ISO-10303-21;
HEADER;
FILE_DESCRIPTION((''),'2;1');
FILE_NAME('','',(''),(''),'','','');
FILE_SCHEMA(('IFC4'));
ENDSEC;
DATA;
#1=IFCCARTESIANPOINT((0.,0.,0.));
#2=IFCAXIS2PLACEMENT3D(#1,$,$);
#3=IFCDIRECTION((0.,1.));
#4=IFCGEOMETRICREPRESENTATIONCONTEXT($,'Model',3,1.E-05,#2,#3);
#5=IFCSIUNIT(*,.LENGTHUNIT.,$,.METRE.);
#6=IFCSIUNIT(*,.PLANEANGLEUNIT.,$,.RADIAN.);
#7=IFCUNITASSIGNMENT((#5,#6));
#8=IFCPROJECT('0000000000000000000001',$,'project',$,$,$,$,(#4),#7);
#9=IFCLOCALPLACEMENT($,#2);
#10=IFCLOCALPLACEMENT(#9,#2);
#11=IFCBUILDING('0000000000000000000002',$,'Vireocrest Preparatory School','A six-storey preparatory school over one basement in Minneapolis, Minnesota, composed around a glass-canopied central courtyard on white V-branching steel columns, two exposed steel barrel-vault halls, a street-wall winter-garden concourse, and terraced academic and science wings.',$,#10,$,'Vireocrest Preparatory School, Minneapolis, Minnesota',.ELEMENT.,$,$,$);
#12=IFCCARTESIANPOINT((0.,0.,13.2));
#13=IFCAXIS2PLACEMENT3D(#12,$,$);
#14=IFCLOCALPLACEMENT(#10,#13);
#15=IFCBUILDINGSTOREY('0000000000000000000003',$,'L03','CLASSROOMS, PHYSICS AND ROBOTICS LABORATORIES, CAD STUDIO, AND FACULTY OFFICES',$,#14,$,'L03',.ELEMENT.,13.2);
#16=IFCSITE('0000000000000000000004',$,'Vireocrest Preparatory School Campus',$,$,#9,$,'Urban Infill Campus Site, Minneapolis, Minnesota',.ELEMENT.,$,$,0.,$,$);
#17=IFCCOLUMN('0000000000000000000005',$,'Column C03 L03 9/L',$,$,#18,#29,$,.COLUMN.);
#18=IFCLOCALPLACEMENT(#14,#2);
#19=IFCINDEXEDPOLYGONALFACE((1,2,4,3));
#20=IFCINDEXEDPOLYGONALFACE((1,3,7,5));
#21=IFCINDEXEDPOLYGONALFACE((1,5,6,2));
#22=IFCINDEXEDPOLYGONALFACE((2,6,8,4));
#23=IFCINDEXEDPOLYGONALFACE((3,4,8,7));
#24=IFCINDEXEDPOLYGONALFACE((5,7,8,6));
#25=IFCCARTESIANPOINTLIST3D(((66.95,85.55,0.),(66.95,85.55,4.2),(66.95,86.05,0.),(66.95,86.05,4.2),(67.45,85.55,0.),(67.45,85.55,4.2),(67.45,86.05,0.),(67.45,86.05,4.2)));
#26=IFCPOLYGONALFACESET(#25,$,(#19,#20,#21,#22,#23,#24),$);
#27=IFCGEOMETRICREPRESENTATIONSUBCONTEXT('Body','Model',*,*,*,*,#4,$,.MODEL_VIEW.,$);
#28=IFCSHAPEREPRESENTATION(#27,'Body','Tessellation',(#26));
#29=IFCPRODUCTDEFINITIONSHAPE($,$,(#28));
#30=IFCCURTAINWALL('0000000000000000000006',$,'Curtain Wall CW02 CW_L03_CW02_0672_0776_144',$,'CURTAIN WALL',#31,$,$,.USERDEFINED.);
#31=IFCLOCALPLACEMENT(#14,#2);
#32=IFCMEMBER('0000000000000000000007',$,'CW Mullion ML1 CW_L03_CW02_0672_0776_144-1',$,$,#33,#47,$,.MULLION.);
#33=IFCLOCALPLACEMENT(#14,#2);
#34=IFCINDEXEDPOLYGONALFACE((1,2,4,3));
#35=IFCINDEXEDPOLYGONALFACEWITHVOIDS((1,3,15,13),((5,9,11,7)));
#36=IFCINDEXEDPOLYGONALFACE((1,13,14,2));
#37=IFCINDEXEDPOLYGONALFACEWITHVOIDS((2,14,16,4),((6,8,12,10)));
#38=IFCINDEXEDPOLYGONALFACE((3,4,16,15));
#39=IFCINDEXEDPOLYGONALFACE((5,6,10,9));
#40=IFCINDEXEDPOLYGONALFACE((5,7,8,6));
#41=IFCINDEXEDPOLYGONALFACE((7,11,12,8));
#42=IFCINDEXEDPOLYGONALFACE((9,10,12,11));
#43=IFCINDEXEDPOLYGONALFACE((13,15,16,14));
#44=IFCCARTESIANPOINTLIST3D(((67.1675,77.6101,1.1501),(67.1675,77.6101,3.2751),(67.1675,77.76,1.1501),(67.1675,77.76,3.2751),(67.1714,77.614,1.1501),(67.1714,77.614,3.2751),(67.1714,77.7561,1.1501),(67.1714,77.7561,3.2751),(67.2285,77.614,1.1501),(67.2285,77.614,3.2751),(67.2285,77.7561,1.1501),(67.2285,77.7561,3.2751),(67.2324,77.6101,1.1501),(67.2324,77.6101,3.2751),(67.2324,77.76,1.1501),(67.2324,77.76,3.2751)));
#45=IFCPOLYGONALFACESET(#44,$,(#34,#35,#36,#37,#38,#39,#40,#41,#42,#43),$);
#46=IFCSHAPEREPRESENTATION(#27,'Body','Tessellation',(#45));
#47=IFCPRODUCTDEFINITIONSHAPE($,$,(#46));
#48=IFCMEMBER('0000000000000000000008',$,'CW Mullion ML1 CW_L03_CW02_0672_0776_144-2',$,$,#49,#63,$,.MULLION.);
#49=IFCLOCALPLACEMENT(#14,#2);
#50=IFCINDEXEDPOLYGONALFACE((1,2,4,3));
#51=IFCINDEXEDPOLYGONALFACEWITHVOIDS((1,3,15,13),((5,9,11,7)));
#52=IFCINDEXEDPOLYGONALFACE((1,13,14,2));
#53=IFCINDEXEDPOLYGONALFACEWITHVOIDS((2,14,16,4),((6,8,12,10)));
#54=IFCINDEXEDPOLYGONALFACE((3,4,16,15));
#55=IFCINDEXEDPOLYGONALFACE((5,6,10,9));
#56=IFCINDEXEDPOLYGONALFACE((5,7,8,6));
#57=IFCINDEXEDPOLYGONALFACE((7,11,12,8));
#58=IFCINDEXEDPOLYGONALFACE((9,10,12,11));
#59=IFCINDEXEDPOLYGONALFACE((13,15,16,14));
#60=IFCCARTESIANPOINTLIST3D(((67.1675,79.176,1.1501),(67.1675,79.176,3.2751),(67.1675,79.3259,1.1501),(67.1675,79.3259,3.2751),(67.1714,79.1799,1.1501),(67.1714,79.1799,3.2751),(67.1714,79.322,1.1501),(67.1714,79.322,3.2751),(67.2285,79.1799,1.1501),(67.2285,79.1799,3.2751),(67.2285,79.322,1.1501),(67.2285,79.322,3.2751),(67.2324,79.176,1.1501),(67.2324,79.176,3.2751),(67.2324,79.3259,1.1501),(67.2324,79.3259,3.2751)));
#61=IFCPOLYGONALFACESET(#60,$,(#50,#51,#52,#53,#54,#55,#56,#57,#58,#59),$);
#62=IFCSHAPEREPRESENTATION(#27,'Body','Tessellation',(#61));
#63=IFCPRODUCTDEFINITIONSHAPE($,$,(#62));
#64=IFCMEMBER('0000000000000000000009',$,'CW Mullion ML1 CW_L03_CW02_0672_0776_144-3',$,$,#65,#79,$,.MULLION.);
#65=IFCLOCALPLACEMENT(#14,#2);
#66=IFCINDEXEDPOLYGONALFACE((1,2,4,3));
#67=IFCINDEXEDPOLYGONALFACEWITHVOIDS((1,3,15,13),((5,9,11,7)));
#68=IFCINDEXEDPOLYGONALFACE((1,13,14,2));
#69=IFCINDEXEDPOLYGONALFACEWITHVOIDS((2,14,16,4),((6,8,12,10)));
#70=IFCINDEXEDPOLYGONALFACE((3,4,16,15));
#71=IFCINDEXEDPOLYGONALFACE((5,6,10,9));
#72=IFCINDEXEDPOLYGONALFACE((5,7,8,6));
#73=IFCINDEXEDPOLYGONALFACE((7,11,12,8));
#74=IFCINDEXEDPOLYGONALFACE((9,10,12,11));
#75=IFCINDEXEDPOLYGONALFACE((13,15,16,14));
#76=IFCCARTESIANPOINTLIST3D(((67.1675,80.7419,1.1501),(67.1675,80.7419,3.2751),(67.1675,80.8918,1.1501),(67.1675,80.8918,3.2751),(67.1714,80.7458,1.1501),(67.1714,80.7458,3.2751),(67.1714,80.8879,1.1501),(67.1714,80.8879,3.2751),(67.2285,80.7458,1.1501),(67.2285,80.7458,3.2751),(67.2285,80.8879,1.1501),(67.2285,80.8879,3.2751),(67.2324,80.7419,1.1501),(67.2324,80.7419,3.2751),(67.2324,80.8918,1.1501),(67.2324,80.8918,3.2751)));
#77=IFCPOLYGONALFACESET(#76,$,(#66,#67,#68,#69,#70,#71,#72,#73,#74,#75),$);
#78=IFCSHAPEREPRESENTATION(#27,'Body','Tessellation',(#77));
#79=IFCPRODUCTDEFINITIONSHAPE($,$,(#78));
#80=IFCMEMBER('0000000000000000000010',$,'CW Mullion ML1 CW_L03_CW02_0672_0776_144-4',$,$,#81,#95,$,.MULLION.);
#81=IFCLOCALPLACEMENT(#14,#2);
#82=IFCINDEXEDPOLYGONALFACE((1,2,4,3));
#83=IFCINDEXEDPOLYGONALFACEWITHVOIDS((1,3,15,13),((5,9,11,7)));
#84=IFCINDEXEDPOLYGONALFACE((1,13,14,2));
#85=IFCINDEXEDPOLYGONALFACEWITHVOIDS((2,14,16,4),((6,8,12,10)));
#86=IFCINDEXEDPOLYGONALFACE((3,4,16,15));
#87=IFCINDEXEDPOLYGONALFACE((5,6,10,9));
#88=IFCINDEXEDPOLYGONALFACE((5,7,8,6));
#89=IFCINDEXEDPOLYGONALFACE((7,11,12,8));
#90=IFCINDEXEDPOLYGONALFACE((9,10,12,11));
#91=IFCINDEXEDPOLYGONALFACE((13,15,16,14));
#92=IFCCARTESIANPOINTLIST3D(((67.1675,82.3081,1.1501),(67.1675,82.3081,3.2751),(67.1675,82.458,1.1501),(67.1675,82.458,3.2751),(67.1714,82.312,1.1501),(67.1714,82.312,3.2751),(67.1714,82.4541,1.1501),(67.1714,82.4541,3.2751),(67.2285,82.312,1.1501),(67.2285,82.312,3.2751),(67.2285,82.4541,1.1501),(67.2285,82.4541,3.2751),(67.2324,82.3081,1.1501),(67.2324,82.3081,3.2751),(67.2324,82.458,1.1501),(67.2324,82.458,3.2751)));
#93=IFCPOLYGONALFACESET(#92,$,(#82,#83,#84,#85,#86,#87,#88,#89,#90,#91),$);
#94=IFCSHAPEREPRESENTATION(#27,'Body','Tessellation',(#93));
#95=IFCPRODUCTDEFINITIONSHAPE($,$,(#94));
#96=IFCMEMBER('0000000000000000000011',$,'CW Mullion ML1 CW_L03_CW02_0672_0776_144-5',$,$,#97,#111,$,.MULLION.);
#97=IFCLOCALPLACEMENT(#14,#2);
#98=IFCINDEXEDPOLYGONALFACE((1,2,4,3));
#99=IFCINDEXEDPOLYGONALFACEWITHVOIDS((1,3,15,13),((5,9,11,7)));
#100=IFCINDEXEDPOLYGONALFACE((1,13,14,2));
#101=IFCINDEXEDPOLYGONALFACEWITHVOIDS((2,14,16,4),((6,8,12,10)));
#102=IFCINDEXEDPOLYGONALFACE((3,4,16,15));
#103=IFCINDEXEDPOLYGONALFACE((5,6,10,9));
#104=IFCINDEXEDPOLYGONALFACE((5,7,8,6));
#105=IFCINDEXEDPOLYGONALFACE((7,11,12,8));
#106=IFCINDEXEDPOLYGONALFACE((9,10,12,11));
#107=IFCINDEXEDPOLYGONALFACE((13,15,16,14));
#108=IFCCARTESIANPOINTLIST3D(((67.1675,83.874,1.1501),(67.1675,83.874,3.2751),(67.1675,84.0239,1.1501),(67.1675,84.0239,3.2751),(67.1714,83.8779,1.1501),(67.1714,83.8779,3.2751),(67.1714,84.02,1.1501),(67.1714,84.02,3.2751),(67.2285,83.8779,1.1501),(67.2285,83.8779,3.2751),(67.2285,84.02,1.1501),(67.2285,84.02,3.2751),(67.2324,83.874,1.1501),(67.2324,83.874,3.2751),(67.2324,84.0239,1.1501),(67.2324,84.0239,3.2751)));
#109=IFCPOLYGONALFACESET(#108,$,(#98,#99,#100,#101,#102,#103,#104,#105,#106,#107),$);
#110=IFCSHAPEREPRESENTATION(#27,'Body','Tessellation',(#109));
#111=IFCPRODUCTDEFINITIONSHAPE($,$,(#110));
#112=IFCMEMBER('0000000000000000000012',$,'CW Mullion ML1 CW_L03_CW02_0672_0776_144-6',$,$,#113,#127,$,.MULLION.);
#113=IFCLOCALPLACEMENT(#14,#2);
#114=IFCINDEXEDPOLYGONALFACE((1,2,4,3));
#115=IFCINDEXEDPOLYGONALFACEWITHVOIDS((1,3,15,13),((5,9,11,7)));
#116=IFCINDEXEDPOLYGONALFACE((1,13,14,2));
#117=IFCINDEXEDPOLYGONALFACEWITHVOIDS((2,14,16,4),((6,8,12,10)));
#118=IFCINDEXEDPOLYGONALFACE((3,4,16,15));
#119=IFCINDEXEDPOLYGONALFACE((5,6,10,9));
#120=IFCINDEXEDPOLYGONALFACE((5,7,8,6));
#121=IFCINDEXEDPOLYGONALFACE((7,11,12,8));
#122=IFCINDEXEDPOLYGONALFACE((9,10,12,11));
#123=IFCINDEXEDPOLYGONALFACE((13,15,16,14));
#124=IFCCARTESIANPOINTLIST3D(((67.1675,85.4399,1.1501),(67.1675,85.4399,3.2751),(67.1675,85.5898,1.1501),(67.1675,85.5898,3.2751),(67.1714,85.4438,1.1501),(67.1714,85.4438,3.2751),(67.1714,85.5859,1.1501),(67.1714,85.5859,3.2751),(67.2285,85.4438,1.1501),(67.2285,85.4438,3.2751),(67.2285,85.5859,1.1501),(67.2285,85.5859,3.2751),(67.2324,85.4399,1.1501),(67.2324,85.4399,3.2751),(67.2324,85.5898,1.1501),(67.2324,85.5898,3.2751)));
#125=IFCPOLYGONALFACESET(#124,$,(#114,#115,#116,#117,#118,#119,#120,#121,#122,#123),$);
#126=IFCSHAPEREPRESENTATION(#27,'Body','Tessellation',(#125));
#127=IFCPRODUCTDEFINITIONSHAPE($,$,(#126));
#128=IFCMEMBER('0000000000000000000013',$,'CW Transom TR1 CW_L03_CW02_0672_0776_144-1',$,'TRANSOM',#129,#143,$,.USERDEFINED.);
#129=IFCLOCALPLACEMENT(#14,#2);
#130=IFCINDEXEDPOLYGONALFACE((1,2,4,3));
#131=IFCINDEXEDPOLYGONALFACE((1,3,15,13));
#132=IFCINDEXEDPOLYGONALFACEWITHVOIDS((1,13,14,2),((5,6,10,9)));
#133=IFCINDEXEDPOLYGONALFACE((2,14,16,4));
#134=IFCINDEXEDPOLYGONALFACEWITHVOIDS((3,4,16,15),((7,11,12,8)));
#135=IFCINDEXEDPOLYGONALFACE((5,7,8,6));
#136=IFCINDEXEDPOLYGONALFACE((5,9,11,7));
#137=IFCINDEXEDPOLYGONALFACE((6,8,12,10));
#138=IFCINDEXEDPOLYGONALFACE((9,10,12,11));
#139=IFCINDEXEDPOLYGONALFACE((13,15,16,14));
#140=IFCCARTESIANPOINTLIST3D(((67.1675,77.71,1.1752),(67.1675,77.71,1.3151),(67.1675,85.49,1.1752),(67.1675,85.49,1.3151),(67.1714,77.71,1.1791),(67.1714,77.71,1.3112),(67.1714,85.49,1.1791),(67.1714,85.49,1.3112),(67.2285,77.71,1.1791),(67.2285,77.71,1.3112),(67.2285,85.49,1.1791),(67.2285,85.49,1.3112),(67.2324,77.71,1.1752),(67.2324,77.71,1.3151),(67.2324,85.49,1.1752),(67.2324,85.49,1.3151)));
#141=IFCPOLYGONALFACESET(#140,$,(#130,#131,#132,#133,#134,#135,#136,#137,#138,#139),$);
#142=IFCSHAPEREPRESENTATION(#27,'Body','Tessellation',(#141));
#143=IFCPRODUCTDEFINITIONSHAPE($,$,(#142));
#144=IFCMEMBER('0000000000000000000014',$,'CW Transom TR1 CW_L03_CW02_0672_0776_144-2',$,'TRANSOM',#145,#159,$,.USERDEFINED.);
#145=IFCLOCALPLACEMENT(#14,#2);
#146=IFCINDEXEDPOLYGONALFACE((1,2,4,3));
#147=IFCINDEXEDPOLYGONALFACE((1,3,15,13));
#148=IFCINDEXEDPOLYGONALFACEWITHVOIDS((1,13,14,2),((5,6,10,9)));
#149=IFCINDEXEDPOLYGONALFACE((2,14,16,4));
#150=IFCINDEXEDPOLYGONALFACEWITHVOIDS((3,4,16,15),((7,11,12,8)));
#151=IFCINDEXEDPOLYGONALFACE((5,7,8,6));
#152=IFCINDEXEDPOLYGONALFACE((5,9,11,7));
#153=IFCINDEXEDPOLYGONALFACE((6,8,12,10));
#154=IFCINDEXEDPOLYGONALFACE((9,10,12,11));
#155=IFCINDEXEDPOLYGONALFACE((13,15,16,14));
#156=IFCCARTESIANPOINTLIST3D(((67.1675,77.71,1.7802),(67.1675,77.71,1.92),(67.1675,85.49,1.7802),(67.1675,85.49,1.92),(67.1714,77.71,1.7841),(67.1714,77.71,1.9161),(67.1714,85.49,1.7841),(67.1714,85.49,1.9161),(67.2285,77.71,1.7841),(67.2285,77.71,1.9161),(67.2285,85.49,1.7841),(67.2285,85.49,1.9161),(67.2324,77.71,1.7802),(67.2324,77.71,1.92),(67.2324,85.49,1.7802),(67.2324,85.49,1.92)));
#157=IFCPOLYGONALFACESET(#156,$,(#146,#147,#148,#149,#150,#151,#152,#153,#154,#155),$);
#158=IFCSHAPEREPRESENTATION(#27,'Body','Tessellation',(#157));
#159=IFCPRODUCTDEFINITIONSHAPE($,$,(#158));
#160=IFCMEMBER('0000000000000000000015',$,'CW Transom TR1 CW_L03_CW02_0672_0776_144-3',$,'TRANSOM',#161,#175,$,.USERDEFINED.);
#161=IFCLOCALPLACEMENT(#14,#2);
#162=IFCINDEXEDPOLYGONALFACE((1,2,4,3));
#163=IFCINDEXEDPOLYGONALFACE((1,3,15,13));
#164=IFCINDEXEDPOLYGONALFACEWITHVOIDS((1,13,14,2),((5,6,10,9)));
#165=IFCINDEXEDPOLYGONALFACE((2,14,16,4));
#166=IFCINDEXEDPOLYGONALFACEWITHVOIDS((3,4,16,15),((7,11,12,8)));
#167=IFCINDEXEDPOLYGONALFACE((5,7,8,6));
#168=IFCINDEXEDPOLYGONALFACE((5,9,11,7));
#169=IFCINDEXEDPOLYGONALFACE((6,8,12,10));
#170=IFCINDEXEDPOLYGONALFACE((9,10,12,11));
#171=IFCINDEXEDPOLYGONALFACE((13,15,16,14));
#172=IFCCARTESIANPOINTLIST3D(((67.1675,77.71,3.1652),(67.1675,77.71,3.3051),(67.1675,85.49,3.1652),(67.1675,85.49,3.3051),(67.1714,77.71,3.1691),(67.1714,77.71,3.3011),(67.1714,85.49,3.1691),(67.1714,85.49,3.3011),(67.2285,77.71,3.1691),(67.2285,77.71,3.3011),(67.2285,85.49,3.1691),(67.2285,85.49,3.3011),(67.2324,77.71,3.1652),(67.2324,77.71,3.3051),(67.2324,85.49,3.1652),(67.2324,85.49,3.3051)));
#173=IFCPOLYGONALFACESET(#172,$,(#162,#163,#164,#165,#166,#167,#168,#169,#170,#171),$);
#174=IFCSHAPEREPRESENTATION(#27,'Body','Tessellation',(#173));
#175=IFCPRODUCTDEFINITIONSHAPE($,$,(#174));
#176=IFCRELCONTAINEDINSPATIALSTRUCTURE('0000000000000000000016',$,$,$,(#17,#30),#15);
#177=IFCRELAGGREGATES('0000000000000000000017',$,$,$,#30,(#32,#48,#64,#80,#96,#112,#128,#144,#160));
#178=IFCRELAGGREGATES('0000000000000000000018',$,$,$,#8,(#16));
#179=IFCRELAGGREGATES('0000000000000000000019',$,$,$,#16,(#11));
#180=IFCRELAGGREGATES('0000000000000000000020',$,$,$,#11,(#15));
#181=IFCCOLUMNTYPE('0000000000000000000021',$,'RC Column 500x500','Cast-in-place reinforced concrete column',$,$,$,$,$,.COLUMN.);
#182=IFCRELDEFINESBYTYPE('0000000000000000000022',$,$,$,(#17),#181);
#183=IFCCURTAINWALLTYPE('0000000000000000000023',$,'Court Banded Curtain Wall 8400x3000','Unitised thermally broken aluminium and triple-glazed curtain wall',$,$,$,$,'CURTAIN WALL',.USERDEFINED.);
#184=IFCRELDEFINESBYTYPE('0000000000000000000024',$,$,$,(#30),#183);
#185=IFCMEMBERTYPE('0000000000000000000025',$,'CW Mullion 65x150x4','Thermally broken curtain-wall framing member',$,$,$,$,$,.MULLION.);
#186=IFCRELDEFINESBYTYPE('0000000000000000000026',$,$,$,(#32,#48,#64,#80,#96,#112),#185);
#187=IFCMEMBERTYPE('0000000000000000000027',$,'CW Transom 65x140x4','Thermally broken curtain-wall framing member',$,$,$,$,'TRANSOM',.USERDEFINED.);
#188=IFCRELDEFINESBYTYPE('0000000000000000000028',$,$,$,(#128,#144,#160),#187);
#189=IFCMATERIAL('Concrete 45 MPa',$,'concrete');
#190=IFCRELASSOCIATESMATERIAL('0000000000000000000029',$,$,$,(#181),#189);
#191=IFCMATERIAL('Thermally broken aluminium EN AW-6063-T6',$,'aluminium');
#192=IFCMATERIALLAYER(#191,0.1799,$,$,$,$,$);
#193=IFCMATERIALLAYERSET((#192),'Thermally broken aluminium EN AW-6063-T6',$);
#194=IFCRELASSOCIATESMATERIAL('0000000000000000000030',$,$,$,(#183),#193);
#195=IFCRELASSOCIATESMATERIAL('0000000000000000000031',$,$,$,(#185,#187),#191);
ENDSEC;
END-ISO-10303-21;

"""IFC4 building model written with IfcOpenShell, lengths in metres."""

from ifc_helpers import new_model, si_unit, direction, frame, origin, origin_2d, place, context, subcontext, project, spatial, rectangle, hollow_rectangle, extrude, material, layer, layer_set, material_profile, profile_set, type_object, element, aggregate, save


model = new_model("IFC4")

# Units and contexts
model_context = context("Model", 3, precision=1e-05, world=origin(), true_north=direction((0.0, 1.0)))
body_context = subcontext(model_context, "Body", "Model", "MODEL_VIEW")
ifc_project = project(units=[si_unit("LENGTHUNIT", "METRE"), si_unit("PLANEANGLEUNIT", "RADIAN")], contexts=[model_context])

# Site, building, storey
site_placement = place(None, origin())
site = spatial("IfcSite", under=ifc_project, at=site_placement, Name="Vireocrest Preparatory School Campus", LongName="Urban Infill Campus Site, Minneapolis, Minnesota", CompositionType="ELEMENT", RefElevation=0.0)
building_placement = place(site_placement, origin())
building = spatial("IfcBuilding", under=site, at=building_placement, Name="Vireocrest Preparatory School", Description="A six-storey preparatory school over one basement in Minneapolis, Minnesota, composed around a glass-canopied central courtyard on white V-branching steel columns, two exposed steel barrel-vault halls, a street-wall winter-garden concourse, and terraced academic and science wings.", LongName="Vireocrest Preparatory School, Minneapolis, Minnesota", CompositionType="ELEMENT")
storey_placement = place(building_placement, frame((0.0, 0.0, 13.2)))
storey = spatial("IfcBuildingStorey", under=building, at=storey_placement, Name="L03", Description="CLASSROOMS, PHYSICS AND ROBOTICS LABORATORIES, CAD STUDIO, AND FACULTY OFFICES", LongName="L03", CompositionType="ELEMENT", Elevation=13.2)

# Column
ifc_material_1 = material(Name="Concrete 45 MPa", Category="concrete")
ifc_material_profile_1 = material_profile(ifc_material_1, rectangle(XDim=0.5, YDim=0.5, at=origin_2d()), Name="RC 500x500")
ifc_profile_set_1 = profile_set([ifc_material_profile_1], Name="Concrete 45 MPa")
column_type = type_object("IfcColumnType", Name="RC Column 500x500", Description="Cast-in-place reinforced concrete column", PredefinedType="COLUMN", material=ifc_profile_set_1)
column_placement = place(storey_placement, frame((67.2, 85.8, 0.0), z_axis=(0.0, 0.0, 1.0), x_axis=(1.0, 0.0, 0.0)))
element("IfcColumn", 1, at=column_placement, inside=storey, type_object=column_type, Name="Column C03 L03 9/L", PredefinedType="COLUMN", context=body_context, shape_type="SweptSolid", body=[
    extrude(rectangle(XDim=0.5, YDim=0.5, at=origin_2d()), origin(), (0.0, 0.0, 1.0), 4.2),
])

# Curtain wall, members
ifc_material_2 = material(Name="Thermally broken aluminium EN AW-6063-T6", Category="aluminium")
ifc_layer_1 = layer(ifc_material_2, 0.1799)
ifc_layer_set_1 = layer_set([ifc_layer_1], Name="Thermally broken aluminium EN AW-6063-T6")
curtain_wall_type = type_object("IfcCurtainWallType", Name="Court Banded Curtain Wall 8400x3000", Description="Unitised thermally broken aluminium and triple-glazed curtain wall", ElementType="CURTAIN WALL", PredefinedType="USERDEFINED", material=ifc_layer_set_1)
curtain_wall_placement = place(storey_placement, origin())
curtain_wall = element("IfcCurtainWall", 2, at=curtain_wall_placement, inside=storey, type_object=curtain_wall_type, Name="Curtain Wall CW02 CW_L03_CW02_0672_0776_144", ObjectType="CURTAIN WALL", PredefinedType="USERDEFINED")
ifc_material_profile_2 = material_profile(ifc_material_2, hollow_rectangle(XDim=0.0649, YDim=0.1499, WallThickness=0.0039, at=origin_2d()), Name="ALU 65x150x4")
ifc_profile_set_2 = profile_set([ifc_material_profile_2], Name="Thermally broken aluminium EN AW-6063-T6")
member_type_1 = type_object("IfcMemberType", Name="CW Mullion 65x150x4", Description="Thermally broken curtain-wall framing member", PredefinedType="MULLION", material=ifc_profile_set_2)
member_1_placement = place(storey_placement, frame((67.2, 77.6851, 1.1501), z_axis=(0.0, 0.0, 1.0), x_axis=(1.0, 0.0, 0.0)))
member_1 = element("IfcMember", 3, at=member_1_placement, type_object=member_type_1, Name="CW Mullion ML1 CW_L03_CW02_0672_0776_144-1", PredefinedType="MULLION", context=body_context, shape_type="SweptSolid", body=[
    extrude(hollow_rectangle(XDim=0.0649, YDim=0.1499, WallThickness=0.0039, at=origin_2d()), origin(), (0.0, 0.0, 1.0), 2.125),
])
member_2_placement = place(storey_placement, frame((67.2, 79.251, 1.1501), z_axis=(0.0, 0.0, 1.0), x_axis=(1.0, 0.0, 0.0)))
member_2 = element("IfcMember", 4, at=member_2_placement, type_object=member_type_1, Name="CW Mullion ML1 CW_L03_CW02_0672_0776_144-2", PredefinedType="MULLION", context=body_context, shape_type="SweptSolid", body=[
    extrude(hollow_rectangle(XDim=0.0649, YDim=0.1499, WallThickness=0.0039, at=origin_2d()), origin(), (0.0, 0.0, 1.0), 2.125),
])
member_3_placement = place(storey_placement, frame((67.2, 80.8169, 1.1501), z_axis=(0.0, 0.0, 1.0), x_axis=(1.0, 0.0, 0.0)))
member_3 = element("IfcMember", 5, at=member_3_placement, type_object=member_type_1, Name="CW Mullion ML1 CW_L03_CW02_0672_0776_144-3", PredefinedType="MULLION", context=body_context, shape_type="SweptSolid", body=[
    extrude(hollow_rectangle(XDim=0.0649, YDim=0.1499, WallThickness=0.0039, at=origin_2d()), origin(), (0.0, 0.0, 1.0), 2.125),
])
member_4_placement = place(storey_placement, frame((67.2, 82.3831, 1.1501), z_axis=(0.0, 0.0, 1.0), x_axis=(1.0, 0.0, 0.0)))
member_4 = element("IfcMember", 6, at=member_4_placement, type_object=member_type_1, Name="CW Mullion ML1 CW_L03_CW02_0672_0776_144-4", PredefinedType="MULLION", context=body_context, shape_type="SweptSolid", body=[
    extrude(hollow_rectangle(XDim=0.0649, YDim=0.1499, WallThickness=0.0039, at=origin_2d()), origin(), (0.0, 0.0, 1.0), 2.125),
])
member_5_placement = place(storey_placement, frame((67.2, 83.949, 1.1501), z_axis=(0.0, 0.0, 1.0), x_axis=(1.0, 0.0, 0.0)))
member_5 = element("IfcMember", 7, at=member_5_placement, type_object=member_type_1, Name="CW Mullion ML1 CW_L03_CW02_0672_0776_144-5", PredefinedType="MULLION", context=body_context, shape_type="SweptSolid", body=[
    extrude(hollow_rectangle(XDim=0.0649, YDim=0.1499, WallThickness=0.0039, at=origin_2d()), origin(), (0.0, 0.0, 1.0), 2.125),
])
member_6_placement = place(storey_placement, frame((67.2, 85.5149, 1.1501), z_axis=(0.0, 0.0, 1.0), x_axis=(1.0, 0.0, 0.0)))
member_6 = element("IfcMember", 8, at=member_6_placement, type_object=member_type_1, Name="CW Mullion ML1 CW_L03_CW02_0672_0776_144-6", PredefinedType="MULLION", context=body_context, shape_type="SweptSolid", body=[
    extrude(hollow_rectangle(XDim=0.0649, YDim=0.1499, WallThickness=0.0039, at=origin_2d()), origin(), (0.0, 0.0, 1.0), 2.125),
])
ifc_material_profile_3 = material_profile(ifc_material_2, hollow_rectangle(XDim=0.0649, YDim=0.1399, WallThickness=0.0039, at=origin_2d()), Name="ALU 65x140x4")
ifc_profile_set_3 = profile_set([ifc_material_profile_3], Name="Thermally broken aluminium EN AW-6063-T6")
member_type_2 = type_object("IfcMemberType", Name="CW Transom 65x140x4", Description="Thermally broken curtain-wall framing member", ElementType="TRANSOM", PredefinedType="USERDEFINED", material=ifc_profile_set_3)
member_7_placement = place(storey_placement, frame((67.2, 77.71, 1.2451), z_axis=(0.0, 1.0, 0.0), x_axis=(-1.0, 0.0, 0.0)))
member_7 = element("IfcMember", 9, at=member_7_placement, type_object=member_type_2, Name="CW Transom TR1 CW_L03_CW02_0672_0776_144-1", ObjectType="TRANSOM", PredefinedType="USERDEFINED", context=body_context, shape_type="SweptSolid", body=[
    extrude(hollow_rectangle(XDim=0.0649, YDim=0.1399, WallThickness=0.0039, at=origin_2d()), origin(), (0.0, 0.0, 1.0), 7.78),
])
member_8_placement = place(storey_placement, frame((67.2, 77.71, 1.8501), z_axis=(0.0, 1.0, 0.0), x_axis=(-1.0, 0.0, 0.0)))
member_8 = element("IfcMember", 10, at=member_8_placement, type_object=member_type_2, Name="CW Transom TR1 CW_L03_CW02_0672_0776_144-2", ObjectType="TRANSOM", PredefinedType="USERDEFINED", context=body_context, shape_type="SweptSolid", body=[
    extrude(hollow_rectangle(XDim=0.0649, YDim=0.1399, WallThickness=0.0039, at=origin_2d()), origin(), (0.0, 0.0, 1.0), 7.78),
])
member_9_placement = place(storey_placement, frame((67.2, 77.71, 3.2351), z_axis=(0.0, 1.0, 0.0), x_axis=(-1.0, 0.0, 0.0)))
member_9 = element("IfcMember", 11, at=member_9_placement, type_object=member_type_2, Name="CW Transom TR1 CW_L03_CW02_0672_0776_144-3", ObjectType="TRANSOM", PredefinedType="USERDEFINED", context=body_context, shape_type="SweptSolid", body=[
    extrude(hollow_rectangle(XDim=0.0649, YDim=0.1399, WallThickness=0.0039, at=origin_2d()), origin(), (0.0, 0.0, 1.0), 7.78),
])

aggregate(curtain_wall, [member_1, member_2, member_3, member_4, member_5, member_6, member_7, member_8, member_9])

save(model, "model.ifc")
